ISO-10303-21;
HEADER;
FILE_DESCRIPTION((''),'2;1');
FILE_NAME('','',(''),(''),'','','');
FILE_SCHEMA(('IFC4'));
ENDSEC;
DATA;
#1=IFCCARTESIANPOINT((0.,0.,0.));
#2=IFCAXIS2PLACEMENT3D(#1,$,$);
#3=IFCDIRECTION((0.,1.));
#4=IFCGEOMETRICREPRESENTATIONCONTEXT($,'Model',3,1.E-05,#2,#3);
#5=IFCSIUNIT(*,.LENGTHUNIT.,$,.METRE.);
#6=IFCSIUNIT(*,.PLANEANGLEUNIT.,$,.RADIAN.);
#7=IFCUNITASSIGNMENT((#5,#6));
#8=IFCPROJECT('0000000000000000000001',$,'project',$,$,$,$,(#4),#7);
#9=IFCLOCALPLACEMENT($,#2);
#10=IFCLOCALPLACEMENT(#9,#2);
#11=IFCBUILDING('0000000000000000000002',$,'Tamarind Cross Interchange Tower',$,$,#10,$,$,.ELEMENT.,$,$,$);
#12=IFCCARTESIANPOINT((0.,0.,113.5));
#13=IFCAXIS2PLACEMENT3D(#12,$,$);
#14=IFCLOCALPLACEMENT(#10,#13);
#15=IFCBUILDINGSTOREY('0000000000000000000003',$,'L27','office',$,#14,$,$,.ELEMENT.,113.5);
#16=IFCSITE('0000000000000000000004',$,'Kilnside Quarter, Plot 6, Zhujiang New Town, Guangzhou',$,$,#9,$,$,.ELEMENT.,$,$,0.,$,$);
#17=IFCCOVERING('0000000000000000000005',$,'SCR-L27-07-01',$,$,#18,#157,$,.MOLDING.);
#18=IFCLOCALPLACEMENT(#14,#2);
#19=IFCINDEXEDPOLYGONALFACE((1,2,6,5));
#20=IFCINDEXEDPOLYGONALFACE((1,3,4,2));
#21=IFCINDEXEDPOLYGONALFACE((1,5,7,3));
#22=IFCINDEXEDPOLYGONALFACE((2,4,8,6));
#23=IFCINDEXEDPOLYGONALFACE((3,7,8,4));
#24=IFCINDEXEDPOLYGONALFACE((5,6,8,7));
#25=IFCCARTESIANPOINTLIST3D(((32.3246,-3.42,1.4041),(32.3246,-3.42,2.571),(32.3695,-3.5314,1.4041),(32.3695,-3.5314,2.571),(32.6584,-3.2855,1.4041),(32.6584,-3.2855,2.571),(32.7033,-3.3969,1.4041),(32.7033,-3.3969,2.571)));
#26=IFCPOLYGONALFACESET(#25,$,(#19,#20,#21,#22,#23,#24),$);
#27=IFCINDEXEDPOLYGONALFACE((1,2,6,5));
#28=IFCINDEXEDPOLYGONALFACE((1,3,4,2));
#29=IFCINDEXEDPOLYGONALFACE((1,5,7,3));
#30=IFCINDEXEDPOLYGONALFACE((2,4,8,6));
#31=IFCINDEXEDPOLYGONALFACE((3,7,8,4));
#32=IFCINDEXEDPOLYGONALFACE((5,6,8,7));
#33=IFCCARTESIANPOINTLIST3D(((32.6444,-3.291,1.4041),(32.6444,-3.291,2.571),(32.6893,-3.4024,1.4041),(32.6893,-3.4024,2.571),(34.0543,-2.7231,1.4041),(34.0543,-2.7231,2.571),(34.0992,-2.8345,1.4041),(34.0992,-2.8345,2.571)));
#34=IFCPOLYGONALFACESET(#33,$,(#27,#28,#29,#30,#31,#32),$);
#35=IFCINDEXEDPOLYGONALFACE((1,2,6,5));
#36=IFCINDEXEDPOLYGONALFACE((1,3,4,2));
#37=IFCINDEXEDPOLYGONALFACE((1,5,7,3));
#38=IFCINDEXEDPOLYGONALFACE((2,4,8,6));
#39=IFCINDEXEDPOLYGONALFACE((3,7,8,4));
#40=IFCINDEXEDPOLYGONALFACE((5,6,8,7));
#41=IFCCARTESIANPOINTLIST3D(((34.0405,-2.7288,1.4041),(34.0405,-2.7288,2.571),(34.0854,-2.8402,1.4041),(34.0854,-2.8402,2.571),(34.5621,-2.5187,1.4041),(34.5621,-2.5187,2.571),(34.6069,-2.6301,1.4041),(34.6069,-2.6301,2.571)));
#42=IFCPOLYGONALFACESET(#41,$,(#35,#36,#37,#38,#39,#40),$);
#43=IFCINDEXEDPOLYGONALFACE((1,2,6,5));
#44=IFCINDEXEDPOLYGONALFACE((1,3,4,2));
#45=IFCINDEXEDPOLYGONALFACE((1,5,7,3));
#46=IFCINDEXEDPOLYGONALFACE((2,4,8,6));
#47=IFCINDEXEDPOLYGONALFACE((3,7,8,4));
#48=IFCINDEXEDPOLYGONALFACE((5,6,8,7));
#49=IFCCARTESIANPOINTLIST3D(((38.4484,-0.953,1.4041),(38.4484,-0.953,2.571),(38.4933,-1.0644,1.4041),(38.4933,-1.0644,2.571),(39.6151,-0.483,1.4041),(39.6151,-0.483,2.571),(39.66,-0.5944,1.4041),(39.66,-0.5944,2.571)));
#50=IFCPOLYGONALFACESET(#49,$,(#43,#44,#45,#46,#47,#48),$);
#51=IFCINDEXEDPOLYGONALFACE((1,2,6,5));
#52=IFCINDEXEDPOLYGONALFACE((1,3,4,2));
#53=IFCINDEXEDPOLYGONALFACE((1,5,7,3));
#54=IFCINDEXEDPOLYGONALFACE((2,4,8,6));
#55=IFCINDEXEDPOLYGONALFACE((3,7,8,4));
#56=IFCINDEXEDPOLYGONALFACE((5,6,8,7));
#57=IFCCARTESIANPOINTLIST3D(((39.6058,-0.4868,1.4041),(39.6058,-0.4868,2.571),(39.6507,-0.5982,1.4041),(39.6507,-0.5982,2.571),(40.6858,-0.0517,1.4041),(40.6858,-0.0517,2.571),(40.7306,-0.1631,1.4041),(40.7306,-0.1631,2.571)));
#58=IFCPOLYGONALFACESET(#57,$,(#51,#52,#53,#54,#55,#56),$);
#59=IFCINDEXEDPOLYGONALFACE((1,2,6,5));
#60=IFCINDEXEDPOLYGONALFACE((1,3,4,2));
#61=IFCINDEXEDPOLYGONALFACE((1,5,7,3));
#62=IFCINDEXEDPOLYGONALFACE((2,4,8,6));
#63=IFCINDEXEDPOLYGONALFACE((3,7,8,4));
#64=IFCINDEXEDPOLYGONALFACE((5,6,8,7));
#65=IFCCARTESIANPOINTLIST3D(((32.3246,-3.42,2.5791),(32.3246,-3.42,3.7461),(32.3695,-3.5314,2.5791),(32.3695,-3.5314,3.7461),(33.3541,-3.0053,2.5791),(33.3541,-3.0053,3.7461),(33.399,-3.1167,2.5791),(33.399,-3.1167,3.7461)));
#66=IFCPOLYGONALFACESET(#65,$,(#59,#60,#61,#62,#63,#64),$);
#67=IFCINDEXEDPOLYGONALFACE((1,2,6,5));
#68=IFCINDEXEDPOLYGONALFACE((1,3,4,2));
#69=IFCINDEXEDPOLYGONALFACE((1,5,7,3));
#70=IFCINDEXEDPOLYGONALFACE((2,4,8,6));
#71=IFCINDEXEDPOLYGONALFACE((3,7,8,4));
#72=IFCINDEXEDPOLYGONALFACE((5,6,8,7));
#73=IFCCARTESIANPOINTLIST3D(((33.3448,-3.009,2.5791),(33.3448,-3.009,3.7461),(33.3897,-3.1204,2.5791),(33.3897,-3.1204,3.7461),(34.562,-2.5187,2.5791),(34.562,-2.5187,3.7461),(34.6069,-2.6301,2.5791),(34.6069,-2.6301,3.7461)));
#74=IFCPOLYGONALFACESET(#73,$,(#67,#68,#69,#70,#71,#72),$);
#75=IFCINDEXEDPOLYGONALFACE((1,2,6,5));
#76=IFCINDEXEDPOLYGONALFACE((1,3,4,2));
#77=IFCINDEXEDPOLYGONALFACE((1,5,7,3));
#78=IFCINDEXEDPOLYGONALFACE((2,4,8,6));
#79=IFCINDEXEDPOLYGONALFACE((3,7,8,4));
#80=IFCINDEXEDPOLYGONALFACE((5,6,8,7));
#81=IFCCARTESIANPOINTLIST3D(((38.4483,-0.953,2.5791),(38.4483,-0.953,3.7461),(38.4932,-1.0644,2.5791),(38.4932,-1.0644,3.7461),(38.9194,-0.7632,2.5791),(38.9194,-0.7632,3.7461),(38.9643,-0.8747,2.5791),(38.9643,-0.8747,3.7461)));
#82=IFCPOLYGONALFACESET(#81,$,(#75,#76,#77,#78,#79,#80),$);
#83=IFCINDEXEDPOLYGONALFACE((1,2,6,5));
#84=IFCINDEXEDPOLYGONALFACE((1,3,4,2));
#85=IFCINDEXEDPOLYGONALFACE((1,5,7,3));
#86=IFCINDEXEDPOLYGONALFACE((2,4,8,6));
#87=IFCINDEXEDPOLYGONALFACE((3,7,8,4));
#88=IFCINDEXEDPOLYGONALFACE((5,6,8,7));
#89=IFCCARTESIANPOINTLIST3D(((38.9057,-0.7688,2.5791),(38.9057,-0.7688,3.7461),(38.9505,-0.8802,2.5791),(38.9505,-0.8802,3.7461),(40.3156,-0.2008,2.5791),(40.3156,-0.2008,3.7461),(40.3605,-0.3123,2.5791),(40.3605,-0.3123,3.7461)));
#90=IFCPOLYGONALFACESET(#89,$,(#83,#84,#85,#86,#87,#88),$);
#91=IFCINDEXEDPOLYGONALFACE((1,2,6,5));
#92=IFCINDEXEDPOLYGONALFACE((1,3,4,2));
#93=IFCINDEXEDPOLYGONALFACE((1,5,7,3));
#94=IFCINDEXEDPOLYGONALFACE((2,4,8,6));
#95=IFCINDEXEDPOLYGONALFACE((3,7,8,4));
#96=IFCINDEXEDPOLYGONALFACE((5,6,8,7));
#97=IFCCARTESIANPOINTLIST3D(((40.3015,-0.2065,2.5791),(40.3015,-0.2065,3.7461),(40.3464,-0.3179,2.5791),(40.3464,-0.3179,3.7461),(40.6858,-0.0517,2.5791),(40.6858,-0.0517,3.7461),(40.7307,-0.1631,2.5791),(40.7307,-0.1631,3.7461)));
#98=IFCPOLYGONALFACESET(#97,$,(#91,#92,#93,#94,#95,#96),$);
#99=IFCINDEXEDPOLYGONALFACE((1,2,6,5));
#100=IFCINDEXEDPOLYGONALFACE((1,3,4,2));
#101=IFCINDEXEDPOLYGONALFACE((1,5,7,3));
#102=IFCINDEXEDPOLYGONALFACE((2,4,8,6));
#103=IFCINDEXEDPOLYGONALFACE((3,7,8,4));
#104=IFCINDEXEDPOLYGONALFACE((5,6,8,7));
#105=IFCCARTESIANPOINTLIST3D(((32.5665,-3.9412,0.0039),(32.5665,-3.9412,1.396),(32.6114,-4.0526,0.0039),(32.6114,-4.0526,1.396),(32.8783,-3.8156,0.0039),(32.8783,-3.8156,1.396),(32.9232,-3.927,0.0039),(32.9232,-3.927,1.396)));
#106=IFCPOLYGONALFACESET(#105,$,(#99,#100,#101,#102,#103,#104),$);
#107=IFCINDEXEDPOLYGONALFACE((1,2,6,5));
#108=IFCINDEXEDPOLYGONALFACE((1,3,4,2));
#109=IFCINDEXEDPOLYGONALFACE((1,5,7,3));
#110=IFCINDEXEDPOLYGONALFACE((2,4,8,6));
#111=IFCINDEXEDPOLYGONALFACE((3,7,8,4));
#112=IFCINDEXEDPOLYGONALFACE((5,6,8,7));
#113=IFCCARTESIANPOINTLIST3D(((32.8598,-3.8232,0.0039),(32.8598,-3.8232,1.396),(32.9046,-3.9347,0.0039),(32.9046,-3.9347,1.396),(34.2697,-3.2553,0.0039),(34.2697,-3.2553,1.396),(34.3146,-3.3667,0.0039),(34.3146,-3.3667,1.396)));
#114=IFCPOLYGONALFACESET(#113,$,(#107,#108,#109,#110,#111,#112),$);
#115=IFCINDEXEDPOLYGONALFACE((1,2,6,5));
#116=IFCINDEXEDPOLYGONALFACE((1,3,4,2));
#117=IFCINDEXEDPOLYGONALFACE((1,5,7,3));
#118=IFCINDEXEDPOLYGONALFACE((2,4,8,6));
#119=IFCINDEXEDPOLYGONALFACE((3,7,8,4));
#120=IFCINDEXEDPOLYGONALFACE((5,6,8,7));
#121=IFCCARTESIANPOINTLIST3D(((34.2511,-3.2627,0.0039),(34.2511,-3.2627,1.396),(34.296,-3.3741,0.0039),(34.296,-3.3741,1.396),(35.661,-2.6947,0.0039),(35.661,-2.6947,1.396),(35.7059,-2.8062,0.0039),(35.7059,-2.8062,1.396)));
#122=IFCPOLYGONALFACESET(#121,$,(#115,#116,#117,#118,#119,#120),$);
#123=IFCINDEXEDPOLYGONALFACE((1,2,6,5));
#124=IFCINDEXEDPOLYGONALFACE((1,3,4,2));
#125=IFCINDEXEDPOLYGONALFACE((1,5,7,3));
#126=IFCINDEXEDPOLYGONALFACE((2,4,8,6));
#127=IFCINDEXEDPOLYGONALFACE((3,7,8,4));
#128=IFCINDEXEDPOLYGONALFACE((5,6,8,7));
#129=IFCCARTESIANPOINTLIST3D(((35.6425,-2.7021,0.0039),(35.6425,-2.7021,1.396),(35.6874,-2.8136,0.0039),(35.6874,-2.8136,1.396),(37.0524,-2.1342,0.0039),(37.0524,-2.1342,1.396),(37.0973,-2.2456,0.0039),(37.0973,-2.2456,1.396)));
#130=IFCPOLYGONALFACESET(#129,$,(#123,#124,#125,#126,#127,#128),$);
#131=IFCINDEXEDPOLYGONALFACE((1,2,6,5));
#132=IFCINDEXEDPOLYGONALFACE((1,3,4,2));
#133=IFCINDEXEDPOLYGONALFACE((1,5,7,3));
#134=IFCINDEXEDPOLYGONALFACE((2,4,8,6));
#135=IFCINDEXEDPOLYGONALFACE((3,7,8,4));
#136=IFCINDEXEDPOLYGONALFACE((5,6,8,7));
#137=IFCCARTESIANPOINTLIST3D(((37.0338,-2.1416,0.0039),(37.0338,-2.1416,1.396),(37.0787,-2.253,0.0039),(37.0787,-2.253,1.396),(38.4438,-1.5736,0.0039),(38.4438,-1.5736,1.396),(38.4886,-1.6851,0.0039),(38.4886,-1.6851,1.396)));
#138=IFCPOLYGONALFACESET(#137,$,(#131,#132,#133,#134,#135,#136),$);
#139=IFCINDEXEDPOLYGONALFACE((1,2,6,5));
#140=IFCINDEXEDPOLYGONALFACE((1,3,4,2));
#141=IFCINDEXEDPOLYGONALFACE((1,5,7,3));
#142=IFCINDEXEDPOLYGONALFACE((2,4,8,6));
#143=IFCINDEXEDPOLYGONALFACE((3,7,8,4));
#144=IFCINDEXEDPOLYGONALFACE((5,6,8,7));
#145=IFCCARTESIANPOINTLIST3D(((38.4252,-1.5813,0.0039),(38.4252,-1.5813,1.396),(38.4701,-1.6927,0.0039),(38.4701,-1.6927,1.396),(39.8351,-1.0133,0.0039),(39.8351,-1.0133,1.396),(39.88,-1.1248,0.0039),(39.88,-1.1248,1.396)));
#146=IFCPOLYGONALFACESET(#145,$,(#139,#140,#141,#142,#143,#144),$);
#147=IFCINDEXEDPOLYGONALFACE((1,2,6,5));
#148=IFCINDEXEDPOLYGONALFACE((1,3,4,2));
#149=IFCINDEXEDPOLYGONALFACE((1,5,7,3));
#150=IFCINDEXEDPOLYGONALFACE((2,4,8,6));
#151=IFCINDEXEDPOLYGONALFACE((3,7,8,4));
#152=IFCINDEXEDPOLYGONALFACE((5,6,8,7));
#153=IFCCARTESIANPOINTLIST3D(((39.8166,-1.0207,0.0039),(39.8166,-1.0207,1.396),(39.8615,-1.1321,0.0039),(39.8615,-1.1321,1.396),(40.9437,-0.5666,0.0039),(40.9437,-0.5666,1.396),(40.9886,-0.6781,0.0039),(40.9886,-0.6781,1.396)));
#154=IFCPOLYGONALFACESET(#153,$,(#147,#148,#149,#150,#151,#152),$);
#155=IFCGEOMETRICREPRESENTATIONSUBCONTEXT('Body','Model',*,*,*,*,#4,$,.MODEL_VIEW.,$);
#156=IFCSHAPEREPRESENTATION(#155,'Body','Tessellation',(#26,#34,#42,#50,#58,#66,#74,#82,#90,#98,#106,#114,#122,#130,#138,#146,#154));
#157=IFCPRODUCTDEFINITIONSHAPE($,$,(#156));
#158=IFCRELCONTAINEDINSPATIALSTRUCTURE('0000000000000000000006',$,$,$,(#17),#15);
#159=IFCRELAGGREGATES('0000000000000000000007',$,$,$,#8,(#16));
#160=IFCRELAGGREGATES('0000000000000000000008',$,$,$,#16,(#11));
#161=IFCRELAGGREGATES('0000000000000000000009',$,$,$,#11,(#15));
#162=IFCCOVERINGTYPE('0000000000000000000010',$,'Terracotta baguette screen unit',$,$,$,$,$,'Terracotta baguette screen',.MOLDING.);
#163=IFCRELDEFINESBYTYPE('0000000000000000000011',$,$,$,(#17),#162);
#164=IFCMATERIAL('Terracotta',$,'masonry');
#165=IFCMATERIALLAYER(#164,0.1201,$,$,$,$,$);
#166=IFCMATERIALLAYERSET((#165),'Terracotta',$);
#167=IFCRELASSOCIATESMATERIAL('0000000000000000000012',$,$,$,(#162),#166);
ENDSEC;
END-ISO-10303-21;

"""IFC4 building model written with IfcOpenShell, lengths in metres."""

from ifc_helpers import new_model, si_unit, direction, frame, origin, origin_2d, place, context, subcontext, project, spatial, rectangle, extrude, material, layer, layer_set, type_object, element, save


model = new_model("IFC4")

# Units and contexts
model_context = context("Model", 3, precision=1e-05, world=origin(), true_north=direction((0.0, 1.0)))
body_context = subcontext(model_context, "Body", "Model", "MODEL_VIEW")
ifc_project = project(units=[si_unit("LENGTHUNIT", "METRE"), si_unit("PLANEANGLEUNIT", "RADIAN")], contexts=[model_context])

# Site, building, storey
site_placement = place(None, origin())
site = spatial("IfcSite", under=ifc_project, at=site_placement, Name="Kilnside Quarter, Plot 6, Zhujiang New Town, Guangzhou", CompositionType="ELEMENT", RefElevation=0.0)
building_placement = place(site_placement, origin())
building = spatial("IfcBuilding", under=site, at=building_placement, Name="Tamarind Cross Interchange Tower", CompositionType="ELEMENT")
storey_placement = place(building_placement, frame((0.0, 0.0, 113.5)))
storey = spatial("IfcBuildingStorey", under=building, at=storey_placement, Name="L27", Description="office", CompositionType="ELEMENT", Elevation=113.5)

# Covering
ifc_material_1 = material(Name="Terracotta", Category="masonry")
ifc_layer_1 = layer(ifc_material_1, 0.1201)
ifc_layer_set_1 = layer_set([ifc_layer_1], Name="Terracotta")
covering_type = type_object("IfcCoveringType", Name="Terracotta baguette screen unit", ElementType="Terracotta baguette screen", PredefinedType="MOLDING", material=ifc_layer_set_1)
covering_1_placement = place(storey_placement, origin())
element("IfcCovering", 1, at=covering_1_placement, inside=storey, type_object=covering_type, Name="SCR-L27-07-01", PredefinedType="MOLDING", context=body_context, shape_type="SweptSolid", body=[
    extrude(rectangle(XDim=0.3599, YDim=0.1201, at=origin_2d()), frame((32.5139, -3.4084, 1.4041), z_axis=(0.0, 0.0, 1.0), x_axis=(0.92757, 0.373648, 0.0)), (0.0, 0.0, 1.0), 1.167),
    extrude(rectangle(XDim=1.52, YDim=0.1201, at=origin_2d()), frame((33.3718, -3.0627, 1.4041), z_axis=(0.0, 0.0, 1.0), x_axis=(0.92757, 0.373648, 0.0)), (0.0, 0.0, 1.0), 1.167),
    extrude(rectangle(XDim=0.5623, YDim=0.1201, at=origin_2d()), frame((34.3237, -2.6794, 1.4041), z_axis=(0.0, 0.0, 1.0), x_axis=(0.92757, 0.373648, 0.0)), (0.0, 0.0, 1.0), 1.167),
    extrude(rectangle(XDim=1.2578, YDim=0.1201, at=origin_2d()), frame((39.0542, -0.7737, 1.4041), z_axis=(0.0, 0.0, 1.0), x_axis=(0.92757, 0.373648, 0.0)), (0.0, 0.0, 1.0), 1.167),
    extrude(rectangle(XDim=1.1643, YDim=0.1201, at=origin_2d()), frame((40.1682, -0.325, 1.4041), z_axis=(0.0, 0.0, 1.0), x_axis=(0.92757, 0.373648, 0.0)), (0.0, 0.0, 1.0), 1.167),
    extrude(rectangle(XDim=1.1099, YDim=0.1201, at=origin_2d()), frame((32.8618, -3.2683, 2.5791), z_axis=(0.0, 0.0, 1.0), x_axis=(0.92757, 0.373648, 0.0)), (0.0, 0.0, 1.0), 1.167),
    extrude(rectangle(XDim=1.3123, YDim=0.1201, at=origin_2d()), frame((33.9758, -2.8196, 2.5791), z_axis=(0.0, 0.0, 1.0), x_axis=(0.92757, 0.373648, 0.0)), (0.0, 0.0, 1.0), 1.167),
    extrude(rectangle(XDim=0.5078, YDim=0.1201, at=origin_2d()), frame((38.7063, -0.9138, 2.5791), z_axis=(0.0, 0.0, 1.0), x_axis=(0.92757, 0.373648, 0.0)), (0.0, 0.0, 1.0), 1.167),
    extrude(rectangle(XDim=1.52, YDim=0.1201, at=origin_2d()), frame((39.6331, -0.5405, 2.5791), z_axis=(0.0, 0.0, 1.0), x_axis=(0.92757, 0.373648, 0.0)), (0.0, 0.0, 1.0), 1.167),
    extrude(rectangle(XDim=0.4143, YDim=0.1201, at=origin_2d()), frame((40.5161, -0.1848, 2.5791), z_axis=(0.0, 0.0, 1.0), x_axis=(0.92757, 0.373648, 0.0)), (0.0, 0.0, 1.0), 1.167),
    extrude(rectangle(XDim=0.3362, YDim=0.1201, at=origin_2d()), frame((32.7449, -3.9341, 0.0039), z_axis=(0.0, 0.0, 1.0), x_axis=(0.92757, 0.373648, 0.0)), (0.0, 0.0, 1.0), 1.3921),
    extrude(rectangle(XDim=1.52, YDim=0.1201, at=origin_2d()), frame((33.5872, -3.595, 0.0039), z_axis=(0.0, 0.0, 1.0), x_axis=(0.92757, 0.373648, 0.0)), (0.0, 0.0, 1.0), 1.3921),
    extrude(rectangle(XDim=1.52, YDim=0.1201, at=origin_2d()), frame((34.9785, -3.0344, 0.0039), z_axis=(0.0, 0.0, 1.0), x_axis=(0.92757, 0.373648, 0.0)), (0.0, 0.0, 1.0), 1.3921),
    extrude(rectangle(XDim=1.52, YDim=0.1201, at=origin_2d()), frame((36.3699, -2.4739, 0.0039), z_axis=(0.0, 0.0, 1.0), x_axis=(0.92757, 0.373648, 0.0)), (0.0, 0.0, 1.0), 1.3921),
    extrude(rectangle(XDim=1.52, YDim=0.1201, at=origin_2d()), frame((37.7612, -1.9133, 0.0039), z_axis=(0.0, 0.0, 1.0), x_axis=(0.92757, 0.373648, 0.0)), (0.0, 0.0, 1.0), 1.3921),
    extrude(rectangle(XDim=1.52, YDim=0.1201, at=origin_2d()), frame((39.1526, -1.353, 0.0039), z_axis=(0.0, 0.0, 1.0), x_axis=(0.92757, 0.373648, 0.0)), (0.0, 0.0, 1.0), 1.3921),
    extrude(rectangle(XDim=1.2151, YDim=0.1201, at=origin_2d()), frame((40.4026, -0.8494, 0.0039), z_axis=(0.0, 0.0, 1.0), x_axis=(0.92757, 0.373648, 0.0)), (0.0, 0.0, 1.0), 1.3921),
])

save(model, "model.ifc")
